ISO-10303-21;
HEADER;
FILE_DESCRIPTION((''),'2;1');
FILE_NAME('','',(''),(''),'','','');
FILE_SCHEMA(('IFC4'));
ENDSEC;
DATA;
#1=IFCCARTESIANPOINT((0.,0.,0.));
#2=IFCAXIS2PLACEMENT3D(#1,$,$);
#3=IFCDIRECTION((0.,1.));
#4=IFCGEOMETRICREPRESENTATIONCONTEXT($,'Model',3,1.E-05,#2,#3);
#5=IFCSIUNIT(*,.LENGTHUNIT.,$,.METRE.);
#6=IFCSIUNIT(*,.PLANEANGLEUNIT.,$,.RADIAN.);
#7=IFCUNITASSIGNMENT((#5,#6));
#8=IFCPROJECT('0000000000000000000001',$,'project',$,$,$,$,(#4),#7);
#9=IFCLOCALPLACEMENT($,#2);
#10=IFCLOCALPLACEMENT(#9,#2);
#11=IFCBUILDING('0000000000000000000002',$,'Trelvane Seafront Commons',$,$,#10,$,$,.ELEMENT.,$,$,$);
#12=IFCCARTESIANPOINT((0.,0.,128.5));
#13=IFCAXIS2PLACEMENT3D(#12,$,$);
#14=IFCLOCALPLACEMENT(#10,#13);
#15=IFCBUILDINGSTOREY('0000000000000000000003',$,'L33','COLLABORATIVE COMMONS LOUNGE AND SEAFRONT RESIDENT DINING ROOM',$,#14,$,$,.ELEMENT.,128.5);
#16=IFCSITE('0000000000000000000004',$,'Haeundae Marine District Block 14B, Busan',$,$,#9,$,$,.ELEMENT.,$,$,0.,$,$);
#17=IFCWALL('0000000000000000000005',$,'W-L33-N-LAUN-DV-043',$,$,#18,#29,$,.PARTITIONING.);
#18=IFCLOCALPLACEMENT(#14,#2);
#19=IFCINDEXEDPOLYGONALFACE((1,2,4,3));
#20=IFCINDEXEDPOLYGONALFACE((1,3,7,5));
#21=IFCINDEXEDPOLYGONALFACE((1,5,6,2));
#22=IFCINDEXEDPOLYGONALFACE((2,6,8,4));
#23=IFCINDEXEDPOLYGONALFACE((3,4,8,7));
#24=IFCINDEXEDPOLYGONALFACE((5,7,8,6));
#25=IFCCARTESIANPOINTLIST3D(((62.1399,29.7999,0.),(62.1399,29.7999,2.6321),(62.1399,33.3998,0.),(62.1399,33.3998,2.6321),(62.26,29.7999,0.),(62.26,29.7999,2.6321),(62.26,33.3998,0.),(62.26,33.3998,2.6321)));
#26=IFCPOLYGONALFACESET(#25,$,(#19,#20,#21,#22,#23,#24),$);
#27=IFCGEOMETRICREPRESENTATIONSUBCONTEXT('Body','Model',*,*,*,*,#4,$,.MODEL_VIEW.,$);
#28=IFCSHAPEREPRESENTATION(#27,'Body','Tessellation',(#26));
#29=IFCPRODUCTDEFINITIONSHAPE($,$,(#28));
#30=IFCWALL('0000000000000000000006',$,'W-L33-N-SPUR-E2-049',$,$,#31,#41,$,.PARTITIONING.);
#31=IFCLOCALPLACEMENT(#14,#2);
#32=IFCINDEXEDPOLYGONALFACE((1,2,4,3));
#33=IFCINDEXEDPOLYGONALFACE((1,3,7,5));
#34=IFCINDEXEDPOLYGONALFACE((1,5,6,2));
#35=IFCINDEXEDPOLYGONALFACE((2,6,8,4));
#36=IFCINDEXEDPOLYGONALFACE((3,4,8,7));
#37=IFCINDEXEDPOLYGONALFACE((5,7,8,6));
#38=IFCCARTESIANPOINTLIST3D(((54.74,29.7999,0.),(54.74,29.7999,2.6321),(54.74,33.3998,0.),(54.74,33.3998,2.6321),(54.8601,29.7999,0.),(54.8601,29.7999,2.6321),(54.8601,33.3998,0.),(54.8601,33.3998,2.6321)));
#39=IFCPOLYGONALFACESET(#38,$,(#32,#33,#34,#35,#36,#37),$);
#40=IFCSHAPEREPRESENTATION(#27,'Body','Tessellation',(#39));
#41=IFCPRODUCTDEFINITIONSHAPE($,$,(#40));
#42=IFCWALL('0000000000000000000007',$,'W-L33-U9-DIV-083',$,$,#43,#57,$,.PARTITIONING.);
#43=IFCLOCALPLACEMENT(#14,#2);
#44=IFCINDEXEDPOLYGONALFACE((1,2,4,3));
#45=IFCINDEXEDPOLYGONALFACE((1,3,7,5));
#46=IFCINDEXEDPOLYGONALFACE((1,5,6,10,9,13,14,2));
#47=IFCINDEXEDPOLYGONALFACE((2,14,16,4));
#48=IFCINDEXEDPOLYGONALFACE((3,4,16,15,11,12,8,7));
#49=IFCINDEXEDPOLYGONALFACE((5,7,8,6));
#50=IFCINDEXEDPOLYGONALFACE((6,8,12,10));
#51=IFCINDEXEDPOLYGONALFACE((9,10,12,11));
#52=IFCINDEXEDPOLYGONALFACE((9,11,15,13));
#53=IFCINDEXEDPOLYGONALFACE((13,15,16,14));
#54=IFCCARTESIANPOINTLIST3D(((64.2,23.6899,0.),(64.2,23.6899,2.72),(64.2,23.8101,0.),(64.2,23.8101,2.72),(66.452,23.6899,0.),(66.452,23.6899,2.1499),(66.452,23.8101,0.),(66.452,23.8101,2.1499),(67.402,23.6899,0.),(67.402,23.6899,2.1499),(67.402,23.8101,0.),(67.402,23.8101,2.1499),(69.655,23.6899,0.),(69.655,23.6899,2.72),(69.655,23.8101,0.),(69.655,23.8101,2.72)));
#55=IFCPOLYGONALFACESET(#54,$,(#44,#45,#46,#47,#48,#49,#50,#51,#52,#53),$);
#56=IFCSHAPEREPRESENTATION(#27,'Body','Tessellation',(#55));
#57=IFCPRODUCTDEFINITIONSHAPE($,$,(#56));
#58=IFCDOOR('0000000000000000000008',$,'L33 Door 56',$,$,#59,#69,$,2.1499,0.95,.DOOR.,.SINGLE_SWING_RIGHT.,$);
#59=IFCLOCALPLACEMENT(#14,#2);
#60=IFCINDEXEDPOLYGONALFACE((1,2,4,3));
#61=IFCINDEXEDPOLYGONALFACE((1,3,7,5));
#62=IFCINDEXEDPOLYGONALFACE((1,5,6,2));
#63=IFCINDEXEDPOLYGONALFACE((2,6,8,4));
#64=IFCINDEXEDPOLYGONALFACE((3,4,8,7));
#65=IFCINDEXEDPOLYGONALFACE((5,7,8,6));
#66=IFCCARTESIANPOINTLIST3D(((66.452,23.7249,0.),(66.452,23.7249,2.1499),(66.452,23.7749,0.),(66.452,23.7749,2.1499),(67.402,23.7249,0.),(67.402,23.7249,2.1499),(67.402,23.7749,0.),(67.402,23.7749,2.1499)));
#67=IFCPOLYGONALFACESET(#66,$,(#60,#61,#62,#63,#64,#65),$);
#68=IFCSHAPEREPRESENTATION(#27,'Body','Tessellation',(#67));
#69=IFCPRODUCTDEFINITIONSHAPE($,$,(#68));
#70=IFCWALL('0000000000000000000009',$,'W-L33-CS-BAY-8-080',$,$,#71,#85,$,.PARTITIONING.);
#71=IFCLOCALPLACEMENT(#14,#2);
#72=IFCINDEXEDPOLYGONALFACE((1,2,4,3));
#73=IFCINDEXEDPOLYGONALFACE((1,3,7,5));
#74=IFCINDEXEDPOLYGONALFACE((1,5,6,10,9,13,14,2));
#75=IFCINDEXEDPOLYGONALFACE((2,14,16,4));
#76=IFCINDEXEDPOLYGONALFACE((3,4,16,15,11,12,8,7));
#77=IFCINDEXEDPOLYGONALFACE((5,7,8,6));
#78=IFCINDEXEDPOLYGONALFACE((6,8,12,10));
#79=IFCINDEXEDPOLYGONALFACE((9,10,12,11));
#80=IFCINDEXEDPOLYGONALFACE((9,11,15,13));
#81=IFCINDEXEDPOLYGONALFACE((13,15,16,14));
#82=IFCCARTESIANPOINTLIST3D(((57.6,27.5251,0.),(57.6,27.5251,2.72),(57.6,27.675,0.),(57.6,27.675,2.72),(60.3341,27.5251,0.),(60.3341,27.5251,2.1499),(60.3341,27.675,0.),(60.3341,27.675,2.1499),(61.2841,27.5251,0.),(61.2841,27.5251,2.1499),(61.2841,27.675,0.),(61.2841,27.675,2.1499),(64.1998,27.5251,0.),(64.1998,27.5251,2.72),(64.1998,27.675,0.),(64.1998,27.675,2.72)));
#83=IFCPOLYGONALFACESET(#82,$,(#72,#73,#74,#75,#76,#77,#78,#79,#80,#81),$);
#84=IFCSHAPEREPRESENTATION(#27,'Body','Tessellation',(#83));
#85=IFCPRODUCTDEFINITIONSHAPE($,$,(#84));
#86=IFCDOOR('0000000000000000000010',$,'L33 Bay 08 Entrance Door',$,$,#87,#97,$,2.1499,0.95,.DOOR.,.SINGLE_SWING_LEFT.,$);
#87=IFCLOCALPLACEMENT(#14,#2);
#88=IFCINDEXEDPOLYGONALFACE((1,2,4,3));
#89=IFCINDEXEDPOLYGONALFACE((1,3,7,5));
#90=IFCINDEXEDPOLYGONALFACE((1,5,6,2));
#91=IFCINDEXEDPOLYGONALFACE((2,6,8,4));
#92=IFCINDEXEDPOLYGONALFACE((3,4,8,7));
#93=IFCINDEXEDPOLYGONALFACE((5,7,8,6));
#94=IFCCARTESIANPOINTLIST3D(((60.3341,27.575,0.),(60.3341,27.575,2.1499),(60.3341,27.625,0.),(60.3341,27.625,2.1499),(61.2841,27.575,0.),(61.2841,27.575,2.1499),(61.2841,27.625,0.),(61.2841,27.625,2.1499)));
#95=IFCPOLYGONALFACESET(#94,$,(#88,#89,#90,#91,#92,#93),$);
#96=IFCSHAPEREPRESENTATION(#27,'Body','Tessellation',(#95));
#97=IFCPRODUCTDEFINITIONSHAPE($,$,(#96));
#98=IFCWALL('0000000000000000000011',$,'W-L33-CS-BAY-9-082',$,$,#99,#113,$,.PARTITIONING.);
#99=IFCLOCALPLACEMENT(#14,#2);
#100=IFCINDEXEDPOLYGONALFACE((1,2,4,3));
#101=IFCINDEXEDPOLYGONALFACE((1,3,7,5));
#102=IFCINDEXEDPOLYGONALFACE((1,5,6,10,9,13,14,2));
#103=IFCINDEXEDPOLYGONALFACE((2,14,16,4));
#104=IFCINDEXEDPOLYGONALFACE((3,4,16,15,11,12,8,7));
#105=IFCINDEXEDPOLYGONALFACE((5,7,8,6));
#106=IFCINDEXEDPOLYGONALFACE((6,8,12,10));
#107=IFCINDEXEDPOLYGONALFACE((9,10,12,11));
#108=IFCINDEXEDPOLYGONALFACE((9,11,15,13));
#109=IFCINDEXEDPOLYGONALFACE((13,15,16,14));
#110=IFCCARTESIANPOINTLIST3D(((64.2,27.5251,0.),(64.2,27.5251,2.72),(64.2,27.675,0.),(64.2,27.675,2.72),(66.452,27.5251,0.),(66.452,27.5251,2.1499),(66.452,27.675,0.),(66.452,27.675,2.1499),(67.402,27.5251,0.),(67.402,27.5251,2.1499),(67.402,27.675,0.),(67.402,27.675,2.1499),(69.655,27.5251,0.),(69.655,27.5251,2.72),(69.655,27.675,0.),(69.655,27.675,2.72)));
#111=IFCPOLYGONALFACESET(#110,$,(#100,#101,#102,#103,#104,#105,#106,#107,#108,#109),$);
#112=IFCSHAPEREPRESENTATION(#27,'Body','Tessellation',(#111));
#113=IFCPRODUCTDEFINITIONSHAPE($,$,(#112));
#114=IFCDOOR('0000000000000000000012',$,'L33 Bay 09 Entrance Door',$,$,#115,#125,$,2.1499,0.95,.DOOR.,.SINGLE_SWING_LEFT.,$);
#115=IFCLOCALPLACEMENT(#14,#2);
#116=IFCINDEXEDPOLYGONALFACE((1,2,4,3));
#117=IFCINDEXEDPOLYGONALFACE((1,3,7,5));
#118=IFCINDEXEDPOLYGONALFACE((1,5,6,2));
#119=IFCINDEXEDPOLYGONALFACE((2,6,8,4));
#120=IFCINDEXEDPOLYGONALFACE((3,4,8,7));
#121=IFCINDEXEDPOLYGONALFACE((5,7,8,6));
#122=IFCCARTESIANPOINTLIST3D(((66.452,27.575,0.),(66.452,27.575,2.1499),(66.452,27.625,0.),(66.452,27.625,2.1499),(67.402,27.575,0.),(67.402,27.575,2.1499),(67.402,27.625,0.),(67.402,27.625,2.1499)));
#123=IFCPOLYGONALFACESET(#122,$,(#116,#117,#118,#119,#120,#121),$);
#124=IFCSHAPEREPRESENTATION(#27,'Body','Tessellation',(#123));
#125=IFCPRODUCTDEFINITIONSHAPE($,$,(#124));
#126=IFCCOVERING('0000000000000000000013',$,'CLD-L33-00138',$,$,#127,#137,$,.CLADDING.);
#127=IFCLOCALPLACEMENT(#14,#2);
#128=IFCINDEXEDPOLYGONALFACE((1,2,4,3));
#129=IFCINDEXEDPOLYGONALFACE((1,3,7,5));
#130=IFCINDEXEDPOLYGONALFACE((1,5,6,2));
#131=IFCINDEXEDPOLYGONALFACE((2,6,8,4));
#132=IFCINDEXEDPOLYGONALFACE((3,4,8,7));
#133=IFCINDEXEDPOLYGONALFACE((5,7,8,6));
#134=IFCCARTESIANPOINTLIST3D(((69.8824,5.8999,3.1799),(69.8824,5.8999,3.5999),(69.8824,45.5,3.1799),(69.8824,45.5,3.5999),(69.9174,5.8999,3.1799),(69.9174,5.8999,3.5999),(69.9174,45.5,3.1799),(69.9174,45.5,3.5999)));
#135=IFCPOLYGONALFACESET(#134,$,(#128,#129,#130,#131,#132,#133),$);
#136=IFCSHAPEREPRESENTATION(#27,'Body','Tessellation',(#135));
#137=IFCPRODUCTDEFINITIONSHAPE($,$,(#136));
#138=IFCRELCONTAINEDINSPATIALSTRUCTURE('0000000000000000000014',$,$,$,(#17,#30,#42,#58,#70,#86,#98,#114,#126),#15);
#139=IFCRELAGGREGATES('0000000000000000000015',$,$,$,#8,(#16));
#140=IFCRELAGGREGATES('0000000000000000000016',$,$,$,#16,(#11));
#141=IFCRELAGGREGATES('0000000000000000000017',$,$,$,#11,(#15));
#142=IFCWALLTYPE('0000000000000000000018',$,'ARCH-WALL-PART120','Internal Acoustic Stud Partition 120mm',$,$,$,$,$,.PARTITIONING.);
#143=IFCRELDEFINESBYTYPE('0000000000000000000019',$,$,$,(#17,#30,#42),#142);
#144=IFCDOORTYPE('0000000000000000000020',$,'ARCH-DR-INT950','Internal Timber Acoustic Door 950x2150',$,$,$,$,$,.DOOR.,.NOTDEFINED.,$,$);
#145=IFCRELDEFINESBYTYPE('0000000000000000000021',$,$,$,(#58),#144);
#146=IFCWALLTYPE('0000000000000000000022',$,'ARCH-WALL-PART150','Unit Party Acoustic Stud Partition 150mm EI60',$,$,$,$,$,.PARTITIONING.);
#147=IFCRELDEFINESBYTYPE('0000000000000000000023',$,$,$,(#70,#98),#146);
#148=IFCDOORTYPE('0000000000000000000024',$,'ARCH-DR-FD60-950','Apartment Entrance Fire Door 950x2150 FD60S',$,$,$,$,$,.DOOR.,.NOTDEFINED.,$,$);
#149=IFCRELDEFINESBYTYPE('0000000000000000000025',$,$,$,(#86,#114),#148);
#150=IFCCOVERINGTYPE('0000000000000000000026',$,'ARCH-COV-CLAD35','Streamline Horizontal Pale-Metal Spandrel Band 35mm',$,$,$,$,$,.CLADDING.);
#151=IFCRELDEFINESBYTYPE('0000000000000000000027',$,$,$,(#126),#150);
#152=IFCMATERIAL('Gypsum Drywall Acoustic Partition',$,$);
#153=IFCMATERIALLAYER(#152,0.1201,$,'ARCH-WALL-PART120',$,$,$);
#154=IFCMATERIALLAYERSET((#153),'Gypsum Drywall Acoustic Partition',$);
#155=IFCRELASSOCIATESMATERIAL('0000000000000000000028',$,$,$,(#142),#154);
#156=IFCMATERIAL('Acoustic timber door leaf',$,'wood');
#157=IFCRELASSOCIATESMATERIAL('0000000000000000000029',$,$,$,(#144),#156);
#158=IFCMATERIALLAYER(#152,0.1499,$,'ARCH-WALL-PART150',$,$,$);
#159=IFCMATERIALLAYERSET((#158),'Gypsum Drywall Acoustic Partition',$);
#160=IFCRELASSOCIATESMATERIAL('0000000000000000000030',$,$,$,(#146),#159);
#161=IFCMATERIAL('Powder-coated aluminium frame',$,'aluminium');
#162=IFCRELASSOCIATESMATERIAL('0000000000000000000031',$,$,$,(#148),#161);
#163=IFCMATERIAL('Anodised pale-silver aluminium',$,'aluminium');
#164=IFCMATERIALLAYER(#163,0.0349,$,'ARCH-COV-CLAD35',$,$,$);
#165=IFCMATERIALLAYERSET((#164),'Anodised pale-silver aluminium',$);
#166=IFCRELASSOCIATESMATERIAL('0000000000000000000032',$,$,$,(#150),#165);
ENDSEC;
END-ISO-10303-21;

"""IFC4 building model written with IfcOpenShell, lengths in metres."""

from ifc_helpers import new_model, si_unit, direction, frame, frame_2d, origin, origin_2d, place, context, subcontext, project, spatial, rectangle, extrude, source, transform, mapped, material, layer, layer_set, type_object, element, fill, save


model = new_model("IFC4")

# Units and contexts
model_context = context("Model", 3, precision=1e-05, world=origin(), true_north=direction((0.0, 1.0)))
body_context = subcontext(model_context, "Body", "Model", "MODEL_VIEW")
ifc_project = project(units=[si_unit("LENGTHUNIT", "METRE"), si_unit("PLANEANGLEUNIT", "RADIAN")], contexts=[model_context])

# Site, building, storey
site_placement = place(None, origin())
site = spatial("IfcSite", under=ifc_project, at=site_placement, Name="Haeundae Marine District Block 14B, Busan", CompositionType="ELEMENT", RefElevation=0.0)
building_placement = place(site_placement, origin())
building = spatial("IfcBuilding", under=site, at=building_placement, Name="Trelvane Seafront Commons", CompositionType="ELEMENT")
storey_placement = place(building_placement, frame((0.0, 0.0, 128.5)))
storey = spatial("IfcBuildingStorey", under=building, at=storey_placement, Name="L33", Description="COLLABORATIVE COMMONS LOUNGE AND SEAFRONT RESIDENT DINING ROOM", CompositionType="ELEMENT", Elevation=128.5)

# Shared definitions
ifc_material_1 = material(Name="Gypsum Drywall Acoustic Partition")
ifc_layer_1 = layer(ifc_material_1, 0.1201, Name="ARCH-WALL-PART120")
ifc_layer_set_1 = layer_set([ifc_layer_1], Name="Gypsum Drywall Acoustic Partition")
wall_type_1 = type_object("IfcWallType", Name="ARCH-WALL-PART120", Description="Internal Acoustic Stud Partition 120mm", PredefinedType="PARTITIONING", material=ifc_layer_set_1)
ifc_material_2 = material(Name="Acoustic timber door leaf", Category="wood")
door_type_1 = type_object("IfcDoorType", Name="ARCH-DR-INT950", Description="Internal Timber Acoustic Door 950x2150", OperationType="NOTDEFINED", PredefinedType="DOOR", material=ifc_material_2)
shared_shape_1 = source(origin(), body_context, "Body", "SweptSolid", [
    extrude(rectangle(XDim=0.95, YDim=2.1499, at=frame_2d((0.4751, 1.075))), frame((0.0, 0.0249, 0.0), z_axis=(0.0, -1.0, 0.0), x_axis=(1.0, 0.0, 0.0)), (0.0, 0.0, 1.0), 0.05),
])

# Walls
for number, where, z_axis, x_axis, name in (
    (1, (62.2, 29.8, 0.0), (0.0, 0.0, 1.0), (0.0, 1.0, 0.0), "W-L33-N-LAUN-DV-043"),
    (2, (54.8, 29.8, 0.0), (0.0, 0.0, 1.0), (0.0, 1.0, 0.0), "W-L33-N-SPUR-E2-049"),
):
    element("IfcWall", number, at=place(storey_placement, frame(where, z_axis=z_axis, x_axis=x_axis)), inside=storey, type_object=wall_type_1, Name=name, PredefinedType="PARTITIONING", context=body_context, shape_type="SweptSolid", body=[
        extrude(rectangle(XDim=3.5999, YDim=0.1201, at=frame_2d((1.7998, 0.0))), origin(), (0.0, 0.0, 1.0), 2.6321),
    ])

# Walls, openings, doors
wall_1_placement = place(storey_placement, frame((64.2, 23.75, 0.0), z_axis=(0.0, 0.0, 1.0), x_axis=(1.0, 0.0, 0.0)))
wall_1 = element("IfcWall", 3, at=wall_1_placement, inside=storey, type_object=wall_type_1, Name="W-L33-U9-DIV-083", PredefinedType="PARTITIONING", context=body_context, shape_type="SweptSolid", body=[
    extrude(rectangle(XDim=5.4551, YDim=0.1201, at=frame_2d((2.7275, 0.0))), origin(), (0.0, 0.0, 1.0), 2.72),
])
opening_1_placement = place(wall_1_placement, frame((2.252, 0.0, 0.0)))
opening_1 = element("IfcOpeningElement", 4, at=opening_1_placement, cuts=wall_1, PredefinedType="OPENING", context=body_context, shape_type="SweptSolid", body=[
    extrude(rectangle(XDim=0.95, YDim=2.1499, at=frame_2d((0.4751, 1.075))), frame((0.0, 0.0701, 0.0), z_axis=(0.0, -1.0, 0.0), x_axis=(1.0, 0.0, 0.0)), (0.0, 0.0, 1.0), 0.1401),
])
door_1_placement = place(opening_1_placement, origin())
door_1 = element("IfcDoor", 5, at=door_1_placement, inside=storey, type_object=door_type_1, Name="L33 Door 56", OperationType="SINGLE_SWING_RIGHT", OverallHeight=2.1499, OverallWidth=0.95, PredefinedType="DOOR", context=body_context, shape_type="MappedRepresentation", body=[
    mapped(shared_shape_1, transform((0.0, 0.0, 0.0), x_axis=(1.0, 0.0, 0.0), y_axis=(0.0, 1.0, 0.0), z_axis=(0.0, 0.0, 1.0), scale=1.0)),
])
fill(opening_1, door_1)
ifc_layer_2 = layer(ifc_material_1, 0.1499, Name="ARCH-WALL-PART150")
ifc_layer_set_2 = layer_set([ifc_layer_2], Name="Gypsum Drywall Acoustic Partition")
wall_type_2 = type_object("IfcWallType", Name="ARCH-WALL-PART150", Description="Unit Party Acoustic Stud Partition 150mm EI60", PredefinedType="PARTITIONING", material=ifc_layer_set_2)
wall_2_placement = place(storey_placement, frame((57.6001, 27.6001, 0.0), z_axis=(0.0, 0.0, 1.0), x_axis=(1.0, 0.0, 0.0)))
wall_2 = element("IfcWall", 6, at=wall_2_placement, inside=storey, type_object=wall_type_2, Name="W-L33-CS-BAY-8-080", PredefinedType="PARTITIONING", context=body_context, shape_type="SweptSolid", body=[
    extrude(rectangle(XDim=6.5999, YDim=0.1499, at=frame_2d((3.2998, 0.0))), origin(), (0.0, 0.0, 1.0), 2.72),
])
opening_2_placement = place(wall_2_placement, frame((2.7339, 0.0, 0.0)))
opening_2 = element("IfcOpeningElement", 7, at=opening_2_placement, cuts=wall_2, PredefinedType="OPENING", context=body_context, shape_type="SweptSolid", body=[
    extrude(rectangle(XDim=0.95, YDim=2.1499, at=frame_2d((0.4751, 1.075))), frame((0.0, 0.085, 0.0), z_axis=(0.0, -1.0, 0.0), x_axis=(1.0, 0.0, 0.0)), (0.0, 0.0, 1.0), 0.1699),
])
ifc_material_3 = material(Name="Powder-coated aluminium frame", Category="aluminium")
door_type_2 = type_object("IfcDoorType", Name="ARCH-DR-FD60-950", Description="Apartment Entrance Fire Door 950x2150 FD60S", OperationType="NOTDEFINED", PredefinedType="DOOR", material=ifc_material_3)
door_2_placement = place(opening_2_placement, origin())
door_2 = element("IfcDoor", 8, at=door_2_placement, inside=storey, type_object=door_type_2, Name="L33 Bay 08 Entrance Door", OperationType="SINGLE_SWING_LEFT", OverallHeight=2.1499, OverallWidth=0.95, PredefinedType="DOOR", context=body_context, shape_type="MappedRepresentation", body=[
    mapped(shared_shape_1, transform((0.0, 0.0, 0.0), x_axis=(1.0, 0.0, 0.0), y_axis=(0.0, 1.0, 0.0), z_axis=(0.0, 0.0, 1.0), scale=1.0)),
])
fill(opening_2, door_2)
wall_3_placement = place(storey_placement, frame((64.2, 27.6001, 0.0), z_axis=(0.0, 0.0, 1.0), x_axis=(1.0, 0.0, 0.0)))
wall_3 = element("IfcWall", 9, at=wall_3_placement, inside=storey, type_object=wall_type_2, Name="W-L33-CS-BAY-9-082", PredefinedType="PARTITIONING", context=body_context, shape_type="SweptSolid", body=[
    extrude(rectangle(XDim=5.4551, YDim=0.1499, at=frame_2d((2.7275, 0.0))), origin(), (0.0, 0.0, 1.0), 2.72),
])
opening_3_placement = place(wall_3_placement, frame((2.252, 0.0, 0.0)))
opening_3 = element("IfcOpeningElement", 10, at=opening_3_placement, cuts=wall_3, PredefinedType="OPENING", context=body_context, shape_type="SweptSolid", body=[
    extrude(rectangle(XDim=0.95, YDim=2.1499, at=frame_2d((0.4751, 1.075))), frame((0.0, 0.085, 0.0), z_axis=(0.0, -1.0, 0.0), x_axis=(1.0, 0.0, 0.0)), (0.0, 0.0, 1.0), 0.1699),
])
door_3_placement = place(opening_3_placement, origin())
door_3 = element("IfcDoor", 11, at=door_3_placement, inside=storey, type_object=door_type_2, Name="L33 Bay 09 Entrance Door", OperationType="SINGLE_SWING_LEFT", OverallHeight=2.1499, OverallWidth=0.95, PredefinedType="DOOR", context=body_context, shape_type="MappedRepresentation", body=[
    mapped(shared_shape_1, transform((0.0, 0.0, 0.0), x_axis=(1.0, 0.0, 0.0), y_axis=(0.0, 1.0, 0.0), z_axis=(0.0, 0.0, 1.0), scale=1.0)),
])
fill(opening_3, door_3)

# Covering
ifc_material_4 = material(Name="Anodised pale-silver aluminium", Category="aluminium")
ifc_layer_3 = layer(ifc_material_4, 0.0349, Name="ARCH-COV-CLAD35")
ifc_layer_set_3 = layer_set([ifc_layer_3], Name="Anodised pale-silver aluminium")
covering_type = type_object("IfcCoveringType", Name="ARCH-COV-CLAD35", Description="Streamline Horizontal Pale-Metal Spandrel Band 35mm", PredefinedType="CLADDING", material=ifc_layer_set_3)
shared_shape_2 = source(origin(), body_context, "Body", "SweptSolid", [
    extrude(rectangle(XDim=39.6001, YDim=0.0349, at=origin_2d()), origin(), (0.0, 0.0, 1.0), 0.4199),
])
covering_placement = place(storey_placement, frame((69.8999, 25.7, 3.1799), z_axis=(0.0, 0.0, 1.0), x_axis=(0.0, -1.0, 0.0)))
element("IfcCovering", 12, at=covering_placement, inside=storey, type_object=covering_type, Name="CLD-L33-00138", PredefinedType="CLADDING", context=body_context, shape_type="MappedRepresentation", body=[
    mapped(shared_shape_2, transform((0.0, 0.0, 0.0), x_axis=(1.0, 0.0, 0.0), y_axis=(0.0, 1.0, 0.0), z_axis=(0.0, 0.0, 1.0), scale=1.0)),
])

save(model, "model.ifc")
